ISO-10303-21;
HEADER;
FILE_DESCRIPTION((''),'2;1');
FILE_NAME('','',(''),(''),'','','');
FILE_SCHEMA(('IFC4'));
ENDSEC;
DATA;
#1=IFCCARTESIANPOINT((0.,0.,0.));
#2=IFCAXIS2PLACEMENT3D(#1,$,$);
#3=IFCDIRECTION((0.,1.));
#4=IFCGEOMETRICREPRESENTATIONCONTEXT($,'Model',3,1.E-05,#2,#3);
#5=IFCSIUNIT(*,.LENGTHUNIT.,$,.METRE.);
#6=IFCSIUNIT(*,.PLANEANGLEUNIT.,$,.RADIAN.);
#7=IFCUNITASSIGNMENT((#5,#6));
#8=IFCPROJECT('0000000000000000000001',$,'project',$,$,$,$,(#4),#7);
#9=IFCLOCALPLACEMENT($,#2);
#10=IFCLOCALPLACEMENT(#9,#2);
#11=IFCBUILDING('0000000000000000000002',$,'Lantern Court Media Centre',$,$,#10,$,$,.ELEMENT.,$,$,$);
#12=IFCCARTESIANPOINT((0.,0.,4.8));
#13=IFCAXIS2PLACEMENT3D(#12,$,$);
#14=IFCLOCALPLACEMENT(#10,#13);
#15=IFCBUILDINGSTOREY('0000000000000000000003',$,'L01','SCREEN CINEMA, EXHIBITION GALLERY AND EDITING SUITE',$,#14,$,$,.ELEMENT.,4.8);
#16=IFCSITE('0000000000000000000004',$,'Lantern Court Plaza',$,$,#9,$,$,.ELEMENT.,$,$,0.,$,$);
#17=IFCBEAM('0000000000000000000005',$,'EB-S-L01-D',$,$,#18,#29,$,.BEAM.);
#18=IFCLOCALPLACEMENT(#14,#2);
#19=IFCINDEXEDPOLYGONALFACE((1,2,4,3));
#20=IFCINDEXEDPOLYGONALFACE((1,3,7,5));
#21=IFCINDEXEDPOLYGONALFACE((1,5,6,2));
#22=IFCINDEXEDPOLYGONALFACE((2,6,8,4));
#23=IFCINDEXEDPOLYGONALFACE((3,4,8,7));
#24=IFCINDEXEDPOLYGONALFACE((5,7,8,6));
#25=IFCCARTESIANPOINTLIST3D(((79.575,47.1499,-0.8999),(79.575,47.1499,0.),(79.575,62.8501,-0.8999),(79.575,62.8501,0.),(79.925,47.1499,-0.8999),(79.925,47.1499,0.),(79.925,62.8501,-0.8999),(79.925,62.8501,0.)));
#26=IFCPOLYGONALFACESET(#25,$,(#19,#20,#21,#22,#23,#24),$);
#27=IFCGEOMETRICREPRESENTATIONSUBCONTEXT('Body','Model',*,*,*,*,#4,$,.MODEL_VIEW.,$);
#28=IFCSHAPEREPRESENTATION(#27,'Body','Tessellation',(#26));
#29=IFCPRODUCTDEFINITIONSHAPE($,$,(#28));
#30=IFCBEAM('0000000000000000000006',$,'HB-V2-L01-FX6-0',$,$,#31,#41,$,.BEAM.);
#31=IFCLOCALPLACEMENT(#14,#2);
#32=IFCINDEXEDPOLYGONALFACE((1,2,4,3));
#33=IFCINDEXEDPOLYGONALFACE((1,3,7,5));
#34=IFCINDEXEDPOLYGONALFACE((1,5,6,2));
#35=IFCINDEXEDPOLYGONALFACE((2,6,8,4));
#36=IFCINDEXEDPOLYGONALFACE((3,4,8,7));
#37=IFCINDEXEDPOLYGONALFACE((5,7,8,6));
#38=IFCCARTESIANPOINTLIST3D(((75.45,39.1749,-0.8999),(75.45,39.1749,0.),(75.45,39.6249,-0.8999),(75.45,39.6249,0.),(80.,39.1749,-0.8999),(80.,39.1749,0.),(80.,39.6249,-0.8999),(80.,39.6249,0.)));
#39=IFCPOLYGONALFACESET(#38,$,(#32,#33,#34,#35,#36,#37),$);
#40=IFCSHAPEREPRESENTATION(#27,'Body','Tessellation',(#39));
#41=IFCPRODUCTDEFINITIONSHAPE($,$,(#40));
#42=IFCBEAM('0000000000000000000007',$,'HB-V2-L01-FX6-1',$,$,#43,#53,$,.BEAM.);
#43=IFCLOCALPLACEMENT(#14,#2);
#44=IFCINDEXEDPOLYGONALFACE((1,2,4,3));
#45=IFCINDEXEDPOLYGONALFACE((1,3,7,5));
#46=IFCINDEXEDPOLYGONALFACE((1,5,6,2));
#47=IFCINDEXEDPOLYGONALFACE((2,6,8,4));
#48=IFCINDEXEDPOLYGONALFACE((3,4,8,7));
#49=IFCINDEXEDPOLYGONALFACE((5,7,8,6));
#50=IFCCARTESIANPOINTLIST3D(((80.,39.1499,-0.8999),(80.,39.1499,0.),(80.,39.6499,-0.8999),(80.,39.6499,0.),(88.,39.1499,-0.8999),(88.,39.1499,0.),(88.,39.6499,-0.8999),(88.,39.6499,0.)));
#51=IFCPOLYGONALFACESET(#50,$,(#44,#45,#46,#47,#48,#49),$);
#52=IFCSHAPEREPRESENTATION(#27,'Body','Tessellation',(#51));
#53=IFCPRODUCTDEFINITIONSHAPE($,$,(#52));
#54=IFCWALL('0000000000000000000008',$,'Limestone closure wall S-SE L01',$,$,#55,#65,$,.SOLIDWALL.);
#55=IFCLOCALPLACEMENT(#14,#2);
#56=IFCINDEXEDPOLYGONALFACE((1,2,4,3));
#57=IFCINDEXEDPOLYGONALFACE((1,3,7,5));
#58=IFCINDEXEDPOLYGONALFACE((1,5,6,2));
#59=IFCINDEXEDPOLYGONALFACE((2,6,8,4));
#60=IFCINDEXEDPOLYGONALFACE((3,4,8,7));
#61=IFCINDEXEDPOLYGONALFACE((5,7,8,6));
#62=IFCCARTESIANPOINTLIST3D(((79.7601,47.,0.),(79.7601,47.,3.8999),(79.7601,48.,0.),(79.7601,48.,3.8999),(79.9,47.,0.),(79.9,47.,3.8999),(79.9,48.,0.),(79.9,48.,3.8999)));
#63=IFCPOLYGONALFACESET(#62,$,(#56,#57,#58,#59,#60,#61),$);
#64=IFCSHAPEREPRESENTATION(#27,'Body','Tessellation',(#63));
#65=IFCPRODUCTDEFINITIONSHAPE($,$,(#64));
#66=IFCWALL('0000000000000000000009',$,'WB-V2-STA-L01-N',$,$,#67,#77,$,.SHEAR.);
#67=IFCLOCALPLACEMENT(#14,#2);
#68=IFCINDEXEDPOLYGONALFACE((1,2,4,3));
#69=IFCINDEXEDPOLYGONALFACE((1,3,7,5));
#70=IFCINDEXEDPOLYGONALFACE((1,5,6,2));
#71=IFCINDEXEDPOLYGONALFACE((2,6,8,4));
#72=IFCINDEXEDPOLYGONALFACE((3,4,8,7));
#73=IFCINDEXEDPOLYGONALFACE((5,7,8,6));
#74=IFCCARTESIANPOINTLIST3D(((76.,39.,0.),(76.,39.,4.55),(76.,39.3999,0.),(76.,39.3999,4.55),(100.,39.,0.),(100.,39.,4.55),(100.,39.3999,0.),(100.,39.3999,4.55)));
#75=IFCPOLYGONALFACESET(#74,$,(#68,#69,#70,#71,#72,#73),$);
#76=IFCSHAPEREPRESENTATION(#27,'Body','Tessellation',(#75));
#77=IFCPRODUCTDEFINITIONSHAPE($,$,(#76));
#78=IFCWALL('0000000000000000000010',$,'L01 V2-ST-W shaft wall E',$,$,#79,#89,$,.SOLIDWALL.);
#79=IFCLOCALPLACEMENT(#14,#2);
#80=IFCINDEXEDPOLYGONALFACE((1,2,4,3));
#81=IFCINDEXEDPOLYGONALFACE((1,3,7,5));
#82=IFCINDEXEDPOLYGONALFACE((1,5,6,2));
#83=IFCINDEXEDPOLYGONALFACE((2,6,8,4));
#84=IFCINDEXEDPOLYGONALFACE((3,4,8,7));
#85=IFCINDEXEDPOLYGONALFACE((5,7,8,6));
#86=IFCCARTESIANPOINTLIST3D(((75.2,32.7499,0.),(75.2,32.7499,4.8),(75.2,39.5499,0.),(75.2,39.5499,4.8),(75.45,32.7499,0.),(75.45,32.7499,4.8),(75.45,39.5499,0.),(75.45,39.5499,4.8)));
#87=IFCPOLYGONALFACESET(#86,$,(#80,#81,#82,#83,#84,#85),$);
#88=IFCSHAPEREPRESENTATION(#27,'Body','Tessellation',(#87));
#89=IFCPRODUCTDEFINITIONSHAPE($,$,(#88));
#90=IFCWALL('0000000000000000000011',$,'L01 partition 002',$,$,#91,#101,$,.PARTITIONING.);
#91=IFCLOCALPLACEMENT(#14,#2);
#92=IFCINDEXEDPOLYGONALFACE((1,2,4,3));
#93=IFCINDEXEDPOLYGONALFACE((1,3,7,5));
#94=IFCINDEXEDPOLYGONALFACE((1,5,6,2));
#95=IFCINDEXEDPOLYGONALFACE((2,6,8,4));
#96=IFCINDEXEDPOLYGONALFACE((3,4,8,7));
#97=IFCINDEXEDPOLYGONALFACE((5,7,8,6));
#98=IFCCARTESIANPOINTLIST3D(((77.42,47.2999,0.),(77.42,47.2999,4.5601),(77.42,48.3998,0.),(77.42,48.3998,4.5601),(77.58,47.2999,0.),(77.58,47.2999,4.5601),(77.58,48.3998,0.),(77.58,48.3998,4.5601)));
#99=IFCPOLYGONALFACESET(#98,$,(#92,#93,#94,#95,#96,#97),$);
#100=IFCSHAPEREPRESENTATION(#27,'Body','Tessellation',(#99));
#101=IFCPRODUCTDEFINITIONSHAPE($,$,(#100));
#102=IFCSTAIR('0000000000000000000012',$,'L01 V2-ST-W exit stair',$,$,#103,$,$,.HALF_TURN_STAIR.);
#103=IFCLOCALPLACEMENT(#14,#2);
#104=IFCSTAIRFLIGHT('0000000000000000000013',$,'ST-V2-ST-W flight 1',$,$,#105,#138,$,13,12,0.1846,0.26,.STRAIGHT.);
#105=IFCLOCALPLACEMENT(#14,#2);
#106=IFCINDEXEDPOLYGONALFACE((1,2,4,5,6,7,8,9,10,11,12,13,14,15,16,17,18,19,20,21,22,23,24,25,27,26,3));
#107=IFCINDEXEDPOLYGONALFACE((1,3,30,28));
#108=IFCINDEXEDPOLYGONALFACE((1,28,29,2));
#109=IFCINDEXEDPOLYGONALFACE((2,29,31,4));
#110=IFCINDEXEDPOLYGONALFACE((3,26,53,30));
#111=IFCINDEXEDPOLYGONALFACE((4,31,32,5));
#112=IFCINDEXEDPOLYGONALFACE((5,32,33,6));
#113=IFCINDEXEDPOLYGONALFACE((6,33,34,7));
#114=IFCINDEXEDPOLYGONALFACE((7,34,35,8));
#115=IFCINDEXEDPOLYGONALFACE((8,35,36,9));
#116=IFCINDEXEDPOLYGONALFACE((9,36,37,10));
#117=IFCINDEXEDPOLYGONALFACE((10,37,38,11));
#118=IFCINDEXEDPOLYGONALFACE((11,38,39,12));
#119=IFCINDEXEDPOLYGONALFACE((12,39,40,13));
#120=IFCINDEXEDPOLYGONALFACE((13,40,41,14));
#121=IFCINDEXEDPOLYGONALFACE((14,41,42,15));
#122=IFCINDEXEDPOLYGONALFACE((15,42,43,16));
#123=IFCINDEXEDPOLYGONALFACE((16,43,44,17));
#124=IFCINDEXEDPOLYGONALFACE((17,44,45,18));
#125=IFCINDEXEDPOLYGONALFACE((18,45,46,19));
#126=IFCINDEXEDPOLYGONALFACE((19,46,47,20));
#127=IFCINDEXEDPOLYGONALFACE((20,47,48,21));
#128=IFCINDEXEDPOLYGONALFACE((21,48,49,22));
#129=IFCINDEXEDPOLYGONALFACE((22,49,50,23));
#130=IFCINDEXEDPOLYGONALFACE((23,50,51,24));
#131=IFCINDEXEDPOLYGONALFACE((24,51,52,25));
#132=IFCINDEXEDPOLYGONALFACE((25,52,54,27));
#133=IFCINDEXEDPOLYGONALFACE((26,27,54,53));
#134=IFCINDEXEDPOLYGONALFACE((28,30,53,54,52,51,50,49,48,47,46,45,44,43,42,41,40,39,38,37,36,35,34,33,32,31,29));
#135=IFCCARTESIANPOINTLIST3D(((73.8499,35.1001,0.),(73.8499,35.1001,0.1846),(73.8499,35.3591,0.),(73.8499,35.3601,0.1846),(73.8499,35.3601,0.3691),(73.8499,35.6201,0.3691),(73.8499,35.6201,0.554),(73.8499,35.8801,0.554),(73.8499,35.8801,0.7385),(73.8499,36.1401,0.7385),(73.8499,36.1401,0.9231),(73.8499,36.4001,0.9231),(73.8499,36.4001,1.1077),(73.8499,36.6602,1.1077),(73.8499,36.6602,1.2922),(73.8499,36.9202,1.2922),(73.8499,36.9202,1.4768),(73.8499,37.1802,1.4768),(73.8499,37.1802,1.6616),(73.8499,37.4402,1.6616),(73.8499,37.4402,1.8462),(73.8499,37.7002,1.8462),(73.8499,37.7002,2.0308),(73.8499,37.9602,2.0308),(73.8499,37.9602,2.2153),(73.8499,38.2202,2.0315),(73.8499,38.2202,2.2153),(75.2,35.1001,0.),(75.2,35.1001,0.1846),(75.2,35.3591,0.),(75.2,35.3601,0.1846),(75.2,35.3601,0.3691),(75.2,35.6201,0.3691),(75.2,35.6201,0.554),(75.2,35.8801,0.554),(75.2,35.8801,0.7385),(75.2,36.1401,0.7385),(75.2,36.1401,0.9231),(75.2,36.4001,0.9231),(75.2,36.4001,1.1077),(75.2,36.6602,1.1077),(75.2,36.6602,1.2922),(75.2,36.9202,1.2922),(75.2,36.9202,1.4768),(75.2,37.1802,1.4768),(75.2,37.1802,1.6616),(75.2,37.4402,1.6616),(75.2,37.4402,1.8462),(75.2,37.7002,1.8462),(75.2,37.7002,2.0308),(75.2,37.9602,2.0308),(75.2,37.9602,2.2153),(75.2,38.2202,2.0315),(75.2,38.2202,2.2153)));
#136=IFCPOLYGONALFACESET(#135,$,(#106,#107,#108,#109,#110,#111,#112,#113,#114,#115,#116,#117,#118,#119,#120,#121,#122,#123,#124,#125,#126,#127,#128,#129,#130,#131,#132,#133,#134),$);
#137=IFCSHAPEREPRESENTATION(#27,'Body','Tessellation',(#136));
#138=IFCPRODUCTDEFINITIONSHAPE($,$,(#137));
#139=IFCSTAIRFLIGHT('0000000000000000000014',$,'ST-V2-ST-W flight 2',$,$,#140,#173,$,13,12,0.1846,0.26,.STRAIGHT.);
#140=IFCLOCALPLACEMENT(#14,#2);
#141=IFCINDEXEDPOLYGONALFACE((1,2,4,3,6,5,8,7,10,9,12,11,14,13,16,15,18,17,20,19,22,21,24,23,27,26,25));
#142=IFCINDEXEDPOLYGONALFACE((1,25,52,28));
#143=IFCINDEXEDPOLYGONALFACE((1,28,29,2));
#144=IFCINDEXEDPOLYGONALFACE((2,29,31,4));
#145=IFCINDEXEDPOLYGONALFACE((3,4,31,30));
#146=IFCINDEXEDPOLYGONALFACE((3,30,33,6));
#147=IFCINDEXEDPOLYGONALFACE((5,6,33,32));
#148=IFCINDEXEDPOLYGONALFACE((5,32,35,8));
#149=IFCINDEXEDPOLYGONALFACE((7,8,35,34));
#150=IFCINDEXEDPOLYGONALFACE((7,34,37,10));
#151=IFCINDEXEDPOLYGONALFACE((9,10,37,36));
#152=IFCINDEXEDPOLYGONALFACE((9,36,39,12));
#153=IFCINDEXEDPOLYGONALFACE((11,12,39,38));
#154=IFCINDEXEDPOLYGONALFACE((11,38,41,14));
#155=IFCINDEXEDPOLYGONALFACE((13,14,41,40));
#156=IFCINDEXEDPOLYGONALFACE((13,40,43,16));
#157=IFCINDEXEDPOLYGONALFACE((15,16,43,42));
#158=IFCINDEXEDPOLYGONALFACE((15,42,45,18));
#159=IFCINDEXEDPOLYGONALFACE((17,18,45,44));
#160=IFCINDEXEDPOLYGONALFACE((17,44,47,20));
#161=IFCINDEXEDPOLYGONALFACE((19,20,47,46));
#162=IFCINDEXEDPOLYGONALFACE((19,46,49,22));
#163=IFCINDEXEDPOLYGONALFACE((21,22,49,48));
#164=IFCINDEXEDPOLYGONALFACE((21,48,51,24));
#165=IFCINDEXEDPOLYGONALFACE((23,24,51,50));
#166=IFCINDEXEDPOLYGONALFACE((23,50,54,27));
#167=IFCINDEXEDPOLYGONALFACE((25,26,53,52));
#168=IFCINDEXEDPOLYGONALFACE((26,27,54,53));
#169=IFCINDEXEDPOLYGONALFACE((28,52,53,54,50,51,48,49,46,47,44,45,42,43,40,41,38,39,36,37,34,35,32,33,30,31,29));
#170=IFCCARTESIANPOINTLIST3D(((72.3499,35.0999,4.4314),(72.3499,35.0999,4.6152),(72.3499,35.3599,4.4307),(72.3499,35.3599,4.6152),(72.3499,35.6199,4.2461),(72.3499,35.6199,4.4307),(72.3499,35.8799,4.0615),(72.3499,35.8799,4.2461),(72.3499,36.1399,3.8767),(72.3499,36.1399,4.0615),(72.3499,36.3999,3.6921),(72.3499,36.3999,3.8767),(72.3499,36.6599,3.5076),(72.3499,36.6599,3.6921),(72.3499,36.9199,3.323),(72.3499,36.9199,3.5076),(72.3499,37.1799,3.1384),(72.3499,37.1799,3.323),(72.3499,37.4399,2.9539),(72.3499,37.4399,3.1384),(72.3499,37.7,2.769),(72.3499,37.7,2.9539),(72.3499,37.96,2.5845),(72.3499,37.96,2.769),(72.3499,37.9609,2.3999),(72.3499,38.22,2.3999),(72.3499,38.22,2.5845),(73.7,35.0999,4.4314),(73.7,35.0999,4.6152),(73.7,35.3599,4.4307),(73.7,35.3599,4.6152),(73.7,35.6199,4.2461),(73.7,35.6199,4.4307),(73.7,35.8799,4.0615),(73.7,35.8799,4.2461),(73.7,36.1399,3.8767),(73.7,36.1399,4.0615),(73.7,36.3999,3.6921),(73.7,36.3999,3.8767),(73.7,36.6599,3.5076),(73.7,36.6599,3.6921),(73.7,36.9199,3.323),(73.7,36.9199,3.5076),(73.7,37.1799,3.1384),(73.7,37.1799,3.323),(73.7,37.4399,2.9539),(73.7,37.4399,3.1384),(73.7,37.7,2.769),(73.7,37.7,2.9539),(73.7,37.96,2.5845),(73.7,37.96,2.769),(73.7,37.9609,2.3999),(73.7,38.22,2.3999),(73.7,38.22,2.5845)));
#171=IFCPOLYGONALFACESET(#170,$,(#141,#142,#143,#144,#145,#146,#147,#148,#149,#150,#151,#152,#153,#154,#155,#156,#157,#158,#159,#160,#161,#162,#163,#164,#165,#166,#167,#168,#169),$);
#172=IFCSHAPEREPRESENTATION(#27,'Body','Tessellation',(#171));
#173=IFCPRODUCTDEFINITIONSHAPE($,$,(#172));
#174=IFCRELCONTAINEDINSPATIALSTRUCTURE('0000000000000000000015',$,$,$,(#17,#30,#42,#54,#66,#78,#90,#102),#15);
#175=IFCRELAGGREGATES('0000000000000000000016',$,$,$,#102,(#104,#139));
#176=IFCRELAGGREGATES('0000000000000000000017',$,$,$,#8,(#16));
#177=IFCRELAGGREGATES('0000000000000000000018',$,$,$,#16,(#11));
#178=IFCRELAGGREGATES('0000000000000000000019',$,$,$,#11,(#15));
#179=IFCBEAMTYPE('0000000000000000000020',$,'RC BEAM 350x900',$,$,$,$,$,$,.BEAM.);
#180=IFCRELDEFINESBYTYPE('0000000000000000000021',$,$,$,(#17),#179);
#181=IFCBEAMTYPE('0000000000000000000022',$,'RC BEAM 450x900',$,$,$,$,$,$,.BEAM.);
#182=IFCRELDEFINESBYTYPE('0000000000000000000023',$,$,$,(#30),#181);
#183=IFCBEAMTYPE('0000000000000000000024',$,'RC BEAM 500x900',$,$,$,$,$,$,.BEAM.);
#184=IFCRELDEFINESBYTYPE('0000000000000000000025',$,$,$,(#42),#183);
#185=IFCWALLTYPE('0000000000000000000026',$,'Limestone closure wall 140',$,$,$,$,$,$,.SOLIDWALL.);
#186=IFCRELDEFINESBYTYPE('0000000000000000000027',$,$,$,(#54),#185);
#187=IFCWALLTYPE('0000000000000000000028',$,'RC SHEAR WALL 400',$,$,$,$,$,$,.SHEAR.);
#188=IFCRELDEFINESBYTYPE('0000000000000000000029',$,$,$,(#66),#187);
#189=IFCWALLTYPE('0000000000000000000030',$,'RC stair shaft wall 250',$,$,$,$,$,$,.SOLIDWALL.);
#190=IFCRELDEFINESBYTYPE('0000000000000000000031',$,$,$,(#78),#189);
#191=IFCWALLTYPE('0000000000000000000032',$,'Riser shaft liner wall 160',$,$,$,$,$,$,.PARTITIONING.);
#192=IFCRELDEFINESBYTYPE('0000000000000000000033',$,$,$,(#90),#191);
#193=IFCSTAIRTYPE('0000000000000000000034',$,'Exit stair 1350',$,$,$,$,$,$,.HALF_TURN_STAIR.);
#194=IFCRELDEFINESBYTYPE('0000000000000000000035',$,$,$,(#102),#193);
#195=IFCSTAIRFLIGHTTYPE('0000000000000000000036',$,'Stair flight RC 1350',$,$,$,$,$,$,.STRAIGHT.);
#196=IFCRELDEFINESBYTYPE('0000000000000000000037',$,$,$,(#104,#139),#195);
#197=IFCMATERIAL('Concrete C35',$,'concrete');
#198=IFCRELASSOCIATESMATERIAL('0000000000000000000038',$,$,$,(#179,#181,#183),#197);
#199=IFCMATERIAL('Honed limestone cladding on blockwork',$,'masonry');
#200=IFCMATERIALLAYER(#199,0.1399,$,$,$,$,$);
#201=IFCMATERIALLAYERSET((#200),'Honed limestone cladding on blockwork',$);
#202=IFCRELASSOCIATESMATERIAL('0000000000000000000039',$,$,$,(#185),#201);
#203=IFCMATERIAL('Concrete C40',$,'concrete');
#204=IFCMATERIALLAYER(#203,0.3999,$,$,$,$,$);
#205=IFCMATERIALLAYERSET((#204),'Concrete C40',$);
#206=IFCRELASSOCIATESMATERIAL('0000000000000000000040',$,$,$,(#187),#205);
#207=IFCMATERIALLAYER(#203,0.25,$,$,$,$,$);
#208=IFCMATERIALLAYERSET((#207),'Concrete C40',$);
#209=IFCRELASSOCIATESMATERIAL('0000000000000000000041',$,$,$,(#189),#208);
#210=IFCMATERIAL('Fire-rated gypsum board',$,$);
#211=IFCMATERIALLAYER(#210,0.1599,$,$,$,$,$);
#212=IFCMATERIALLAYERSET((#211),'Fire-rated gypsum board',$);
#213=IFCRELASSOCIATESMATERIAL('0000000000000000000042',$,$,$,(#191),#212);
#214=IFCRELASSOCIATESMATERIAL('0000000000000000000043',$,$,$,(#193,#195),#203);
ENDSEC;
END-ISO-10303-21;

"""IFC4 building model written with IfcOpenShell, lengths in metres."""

from ifc_helpers import new_model, si_unit, direction, frame, frame_2d, origin, origin_2d, place, context, subcontext, project, spatial, polyline, rectangle, outline, extrude, material, layer, layer_set, material_profile, profile_set, type_object, element, aggregate, save


model = new_model("IFC4")

# Units and contexts
model_context = context("Model", 3, precision=1e-05, world=origin(), true_north=direction((0.0, 1.0)))
body_context = subcontext(model_context, "Body", "Model", "MODEL_VIEW")
ifc_project = project(units=[si_unit("LENGTHUNIT", "METRE"), si_unit("PLANEANGLEUNIT", "RADIAN")], contexts=[model_context])

# Site, building, storey
site_placement = place(None, origin())
site = spatial("IfcSite", under=ifc_project, at=site_placement, Name="Lantern Court Plaza", CompositionType="ELEMENT", RefElevation=0.0)
building_placement = place(site_placement, origin())
building = spatial("IfcBuilding", under=site, at=building_placement, Name="Lantern Court Media Centre", CompositionType="ELEMENT")
storey_placement = place(building_placement, frame((0.0, 0.0, 4.8)))
storey = spatial("IfcBuildingStorey", under=building, at=storey_placement, Name="L01", Description="SCREEN CINEMA, EXHIBITION GALLERY AND EDITING SUITE", CompositionType="ELEMENT", Elevation=4.8)

# Beams
ifc_material_1 = material(Name="Concrete C35", Category="concrete")
ifc_material_profile_1 = material_profile(ifc_material_1, rectangle(XDim=0.3501, YDim=0.8999, at=origin_2d()), Name="RC 350x900")
ifc_profile_set_1 = profile_set([ifc_material_profile_1], Name="Concrete C35")
beam_type_1 = type_object("IfcBeamType", Name="RC BEAM 350x900", PredefinedType="BEAM", material=ifc_profile_set_1)
beam_1_placement = place(storey_placement, frame((79.75, 47.1499, -0.45), z_axis=(0.0, 1.0, 0.0), x_axis=(-1.0, 0.0, 0.0)))
element("IfcBeam", 1, at=beam_1_placement, inside=storey, type_object=beam_type_1, Name="EB-S-L01-D", PredefinedType="BEAM", context=body_context, shape_type="SweptSolid", body=[
    extrude(rectangle(XDim=0.3501, YDim=0.8999, at=origin_2d()), origin(), (0.0, 0.0, 1.0), 15.7002),
])
ifc_material_profile_2 = material_profile(ifc_material_1, rectangle(XDim=0.45, YDim=0.8999, at=origin_2d()), Name="RC 450x900")
ifc_profile_set_2 = profile_set([ifc_material_profile_2], Name="Concrete C35")
beam_type_2 = type_object("IfcBeamType", Name="RC BEAM 450x900", PredefinedType="BEAM", material=ifc_profile_set_2)
beam_2_placement = place(storey_placement, frame((75.45, 39.3999, -0.45), z_axis=(1.0, 0.0, 0.0), x_axis=(0.0, 1.0, 0.0)))
element("IfcBeam", 2, at=beam_2_placement, inside=storey, type_object=beam_type_2, Name="HB-V2-L01-FX6-0", PredefinedType="BEAM", context=body_context, shape_type="SweptSolid", body=[
    extrude(rectangle(XDim=0.45, YDim=0.8999, at=origin_2d()), origin(), (0.0, 0.0, 1.0), 4.55),
])
ifc_material_profile_3 = material_profile(ifc_material_1, rectangle(XDim=0.5, YDim=0.8999, at=origin_2d()), Name="RC 500x900")
ifc_profile_set_3 = profile_set([ifc_material_profile_3], Name="Concrete C35")
beam_type_3 = type_object("IfcBeamType", Name="RC BEAM 500x900", PredefinedType="BEAM", material=ifc_profile_set_3)
beam_3_placement = place(storey_placement, frame((80.0, 39.3999, -0.45), z_axis=(1.0, 0.0, 0.0), x_axis=(0.0, 1.0, 0.0)))
element("IfcBeam", 3, at=beam_3_placement, inside=storey, type_object=beam_type_3, Name="HB-V2-L01-FX6-1", PredefinedType="BEAM", context=body_context, shape_type="SweptSolid", body=[
    extrude(rectangle(XDim=0.5, YDim=0.8999, at=origin_2d()), origin(), (0.0, 0.0, 1.0), 8.0),
])

# Walls
ifc_material_2 = material(Name="Honed limestone cladding on blockwork", Category="masonry")
ifc_layer_1 = layer(ifc_material_2, 0.1399)
ifc_layer_set_1 = layer_set([ifc_layer_1], Name="Honed limestone cladding on blockwork")
wall_type_1 = type_object("IfcWallType", Name="Limestone closure wall 140", PredefinedType="SOLIDWALL", material=ifc_layer_set_1)
wall_1_placement = place(storey_placement, frame((79.8301, 47.0, 0.0), z_axis=(0.0, 0.0, 1.0), x_axis=(0.0, 1.0, 0.0)))
element("IfcWall", 4, at=wall_1_placement, inside=storey, type_object=wall_type_1, Name="Limestone closure wall S-SE L01", PredefinedType="SOLIDWALL", context=body_context, shape_type="SweptSolid", body=[
    extrude(rectangle(XDim=1.0, YDim=0.1399, at=frame_2d((0.5, 0.0))), origin(), (0.0, 0.0, 1.0), 3.8999),
])
ifc_material_3 = material(Name="Concrete C40", Category="concrete")
ifc_layer_2 = layer(ifc_material_3, 0.3999)
ifc_layer_set_2 = layer_set([ifc_layer_2], Name="Concrete C40")
wall_type_2 = type_object("IfcWallType", Name="RC SHEAR WALL 400", PredefinedType="SHEAR", material=ifc_layer_set_2)
wall_2_placement = place(storey_placement, frame((76.0, 39.2, 0.0), z_axis=(0.0, 0.0, 1.0), x_axis=(1.0, 0.0, 0.0)))
element("IfcWall", 5, at=wall_2_placement, inside=storey, type_object=wall_type_2, Name="WB-V2-STA-L01-N", PredefinedType="SHEAR", context=body_context, shape_type="SweptSolid", body=[
    extrude(rectangle(XDim=24.0, YDim=0.3999, at=frame_2d((12.0, 0.0))), origin(), (0.0, 0.0, 1.0), 4.55),
])
ifc_layer_3 = layer(ifc_material_3, 0.25)
ifc_layer_set_3 = layer_set([ifc_layer_3], Name="Concrete C40")
wall_type_3 = type_object("IfcWallType", Name="RC stair shaft wall 250", PredefinedType="SOLIDWALL", material=ifc_layer_set_3)
wall_3_placement = place(storey_placement, frame((75.325, 32.75, 0.0), z_axis=(0.0, 0.0, 1.0), x_axis=(0.0, 1.0, 0.0)))
element("IfcWall", 6, at=wall_3_placement, inside=storey, type_object=wall_type_3, Name="L01 V2-ST-W shaft wall E", PredefinedType="SOLIDWALL", context=body_context, shape_type="SweptSolid", body=[
    extrude(rectangle(XDim=6.8, YDim=0.25, at=frame_2d((3.3999, 0.0))), origin(), (0.0, 0.0, 1.0), 4.8),
])
ifc_material_4 = material(Name="Fire-rated gypsum board")
ifc_layer_4 = layer(ifc_material_4, 0.1599)
ifc_layer_set_4 = layer_set([ifc_layer_4], Name="Fire-rated gypsum board")
wall_type_4 = type_object("IfcWallType", Name="Riser shaft liner wall 160", PredefinedType="PARTITIONING", material=ifc_layer_set_4)
wall_4_placement = place(storey_placement, frame((77.5, 47.3, 0.0), z_axis=(0.0, 0.0, 1.0), x_axis=(0.0, 1.0, 0.0)))
element("IfcWall", 7, at=wall_4_placement, inside=storey, type_object=wall_type_4, Name="L01 partition 002", PredefinedType="PARTITIONING", context=body_context, shape_type="SweptSolid", body=[
    extrude(rectangle(XDim=1.0999, YDim=0.1599, at=frame_2d((0.5498, 0.0))), origin(), (0.0, 0.0, 1.0), 4.5601),
])

# Stair, stair flights
stair_type = type_object("IfcStairType", Name="Exit stair 1350", PredefinedType="HALF_TURN_STAIR", material=ifc_material_3)
stair_placement = place(storey_placement, origin())
stair = element("IfcStair", 8, at=stair_placement, inside=storey, type_object=stair_type, Name="L01 V2-ST-W exit stair", PredefinedType="HALF_TURN_STAIR")
stair_flight_type = type_object("IfcStairFlightType", Name="Stair flight RC 1350", PredefinedType="STRAIGHT", material=ifc_material_3)
stair_flight_1_placement = place(storey_placement, frame((74.5249, 35.1001, 0.0), z_axis=(0.0, 0.0, 1.0), x_axis=(0.0, 1.0, 0.0)))
stair_flight_1 = element("IfcStairFlight", 9, at=stair_flight_1_placement, type_object=stair_flight_type, Name="ST-V2-ST-W flight 1", NumberOfRisers=13, NumberOfTreads=12, PredefinedType="STRAIGHT", RiserHeight=0.1846, TreadLength=0.26, context=body_context, shape_type="SweptSolid", body=[
    extrude(outline(polyline([(0.0, 0.0), (0.0, 0.1846), (0.26, 0.1846), (0.26, 0.3691), (0.52, 0.3691), (0.52, 0.554), (0.78, 0.554), (0.78, 0.7385), (1.04, 0.7385), (1.04, 0.9231), (1.3, 0.9231), (1.3, 1.1077), (1.5601, 1.1077), (1.5601, 1.2922), (1.8201, 1.2922), (1.8201, 1.4768), (2.0801, 1.4768), (2.0801, 1.6616), (2.3401, 1.6616), (2.3401, 1.8462), (2.6001, 1.8462), (2.6001, 2.0308), (2.8601, 2.0308), (2.8601, 2.2153), (3.1201, 2.2153), (3.1201, 2.3999), (3.1201, 2.0315), (0.259, 0.0), (0.0, 0.0)])), frame((0.0, 0.675, 0.0), z_axis=(0.0, -1.0, 0.0), x_axis=(1.0, 0.0, 0.0)), (0.0, 0.0, 1.0), 1.3501),
])
stair_flight_2_placement = place(storey_placement, frame((73.0249, 38.22, 2.3999), z_axis=(0.0, 0.0, 1.0), x_axis=(0.0, -1.0, 0.0)))
stair_flight_2 = element("IfcStairFlight", 10, at=stair_flight_2_placement, type_object=stair_flight_type, Name="ST-V2-ST-W flight 2", NumberOfRisers=13, NumberOfTreads=12, PredefinedType="STRAIGHT", RiserHeight=0.1846, TreadLength=0.26, context=body_context, shape_type="SweptSolid", body=[
    extrude(outline(polyline([(0.0, 0.0), (0.0, 0.1846), (0.26, 0.1846), (0.26, 0.3691), (0.52, 0.3691), (0.52, 0.554), (0.78, 0.554), (0.78, 0.7385), (1.04, 0.7385), (1.04, 0.9231), (1.3, 0.9231), (1.3, 1.1077), (1.5601, 1.1077), (1.5601, 1.2922), (1.8201, 1.2922), (1.8201, 1.4768), (2.0801, 1.4768), (2.0801, 1.6616), (2.3401, 1.6616), (2.3401, 1.8462), (2.6001, 1.8462), (2.6001, 2.0308), (2.8601, 2.0308), (2.8601, 2.2153), (3.1201, 2.2153), (3.1201, 2.3999), (3.1201, 2.0315), (0.259, 0.0), (0.0, 0.0)])), frame((0.0, 0.675, 0.0), z_axis=(0.0, -1.0, 0.0), x_axis=(1.0, 0.0, 0.0)), (0.0, 0.0, 1.0), 1.3501),
])
aggregate(stair, [stair_flight_1, stair_flight_2])

save(model, "model.ifc")
